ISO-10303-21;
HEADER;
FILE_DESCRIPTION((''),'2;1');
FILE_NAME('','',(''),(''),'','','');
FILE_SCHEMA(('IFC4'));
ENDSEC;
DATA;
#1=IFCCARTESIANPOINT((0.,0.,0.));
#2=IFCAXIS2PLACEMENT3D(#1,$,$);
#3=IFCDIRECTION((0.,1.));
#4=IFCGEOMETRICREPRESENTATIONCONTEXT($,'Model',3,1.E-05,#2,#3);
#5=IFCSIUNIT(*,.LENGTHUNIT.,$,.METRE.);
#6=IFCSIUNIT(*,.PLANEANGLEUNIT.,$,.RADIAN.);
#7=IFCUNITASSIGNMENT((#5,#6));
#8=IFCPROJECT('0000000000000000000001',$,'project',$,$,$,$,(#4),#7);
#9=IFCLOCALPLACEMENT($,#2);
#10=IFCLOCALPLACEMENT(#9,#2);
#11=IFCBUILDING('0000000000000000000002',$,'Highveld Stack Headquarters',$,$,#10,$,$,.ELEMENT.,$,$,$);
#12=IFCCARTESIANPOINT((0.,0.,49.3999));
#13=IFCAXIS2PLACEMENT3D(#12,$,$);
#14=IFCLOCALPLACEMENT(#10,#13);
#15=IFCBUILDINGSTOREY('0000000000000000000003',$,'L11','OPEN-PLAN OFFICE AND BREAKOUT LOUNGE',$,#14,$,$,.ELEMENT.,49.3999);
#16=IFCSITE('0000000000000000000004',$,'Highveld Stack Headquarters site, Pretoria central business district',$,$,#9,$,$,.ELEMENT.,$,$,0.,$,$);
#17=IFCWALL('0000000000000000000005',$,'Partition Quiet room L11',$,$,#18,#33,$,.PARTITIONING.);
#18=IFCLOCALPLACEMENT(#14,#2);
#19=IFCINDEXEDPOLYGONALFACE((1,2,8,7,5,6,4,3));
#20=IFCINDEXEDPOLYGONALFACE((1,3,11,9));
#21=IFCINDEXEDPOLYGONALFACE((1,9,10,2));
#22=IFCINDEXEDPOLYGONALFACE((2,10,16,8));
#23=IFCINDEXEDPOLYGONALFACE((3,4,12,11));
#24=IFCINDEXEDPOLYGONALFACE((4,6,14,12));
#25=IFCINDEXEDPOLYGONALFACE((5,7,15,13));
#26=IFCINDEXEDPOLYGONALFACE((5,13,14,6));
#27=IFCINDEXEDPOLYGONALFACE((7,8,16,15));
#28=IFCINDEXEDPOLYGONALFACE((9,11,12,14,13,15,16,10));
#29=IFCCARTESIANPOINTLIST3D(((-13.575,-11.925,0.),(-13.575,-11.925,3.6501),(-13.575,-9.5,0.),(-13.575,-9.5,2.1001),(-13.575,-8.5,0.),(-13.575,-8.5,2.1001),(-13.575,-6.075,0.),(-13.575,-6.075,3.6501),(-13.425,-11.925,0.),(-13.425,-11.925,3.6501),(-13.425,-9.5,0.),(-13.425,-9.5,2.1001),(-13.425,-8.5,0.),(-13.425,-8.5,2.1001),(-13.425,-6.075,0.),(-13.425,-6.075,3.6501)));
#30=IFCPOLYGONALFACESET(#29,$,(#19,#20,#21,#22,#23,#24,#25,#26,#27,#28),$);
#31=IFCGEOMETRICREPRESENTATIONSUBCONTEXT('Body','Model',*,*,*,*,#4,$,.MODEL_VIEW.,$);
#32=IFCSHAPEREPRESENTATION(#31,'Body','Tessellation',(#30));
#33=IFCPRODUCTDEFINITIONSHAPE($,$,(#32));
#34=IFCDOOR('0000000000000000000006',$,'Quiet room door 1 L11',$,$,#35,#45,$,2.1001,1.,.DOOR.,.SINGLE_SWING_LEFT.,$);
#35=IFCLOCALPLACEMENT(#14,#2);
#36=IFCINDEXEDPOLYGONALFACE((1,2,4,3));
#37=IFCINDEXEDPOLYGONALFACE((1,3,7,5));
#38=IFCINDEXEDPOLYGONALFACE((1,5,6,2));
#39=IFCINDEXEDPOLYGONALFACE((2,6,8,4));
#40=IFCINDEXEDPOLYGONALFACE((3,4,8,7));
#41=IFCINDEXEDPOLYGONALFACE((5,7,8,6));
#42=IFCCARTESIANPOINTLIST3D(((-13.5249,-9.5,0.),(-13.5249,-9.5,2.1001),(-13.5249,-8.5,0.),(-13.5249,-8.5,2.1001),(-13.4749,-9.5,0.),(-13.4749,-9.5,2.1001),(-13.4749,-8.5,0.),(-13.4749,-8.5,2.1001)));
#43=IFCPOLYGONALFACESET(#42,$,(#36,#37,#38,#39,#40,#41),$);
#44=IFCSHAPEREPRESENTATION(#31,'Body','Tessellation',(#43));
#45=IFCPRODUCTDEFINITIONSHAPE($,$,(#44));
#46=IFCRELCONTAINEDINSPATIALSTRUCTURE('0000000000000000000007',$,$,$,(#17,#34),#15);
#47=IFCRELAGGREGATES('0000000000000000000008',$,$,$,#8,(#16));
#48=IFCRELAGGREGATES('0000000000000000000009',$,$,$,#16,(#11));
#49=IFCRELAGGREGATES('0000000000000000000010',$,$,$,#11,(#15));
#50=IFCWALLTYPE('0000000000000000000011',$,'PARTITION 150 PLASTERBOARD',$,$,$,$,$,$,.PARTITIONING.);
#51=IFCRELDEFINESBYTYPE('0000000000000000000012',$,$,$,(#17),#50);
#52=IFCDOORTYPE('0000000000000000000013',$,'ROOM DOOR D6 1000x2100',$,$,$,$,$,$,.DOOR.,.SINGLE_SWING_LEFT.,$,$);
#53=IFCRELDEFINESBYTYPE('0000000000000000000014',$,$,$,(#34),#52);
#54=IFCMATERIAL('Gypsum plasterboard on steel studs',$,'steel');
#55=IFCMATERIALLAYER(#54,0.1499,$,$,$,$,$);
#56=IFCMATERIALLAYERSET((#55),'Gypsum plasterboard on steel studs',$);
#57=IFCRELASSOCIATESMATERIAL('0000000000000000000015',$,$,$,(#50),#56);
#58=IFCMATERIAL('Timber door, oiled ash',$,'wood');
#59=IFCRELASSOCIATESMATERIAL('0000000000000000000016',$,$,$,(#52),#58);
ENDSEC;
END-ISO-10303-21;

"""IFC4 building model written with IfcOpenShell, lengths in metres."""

from ifc_helpers import new_model, si_unit, direction, frame, frame_2d, origin, place, context, subcontext, project, spatial, rectangle, extrude, material, layer, layer_set, type_object, element, fill, save


model = new_model("IFC4")

# Units and contexts
model_context = context("Model", 3, precision=1e-05, world=origin(), true_north=direction((0.0, 1.0)))
body_context = subcontext(model_context, "Body", "Model", "MODEL_VIEW")
ifc_project = project(units=[si_unit("LENGTHUNIT", "METRE"), si_unit("PLANEANGLEUNIT", "RADIAN")], contexts=[model_context])

# Site, building, storey
site_placement = place(None, origin())
site = spatial("IfcSite", under=ifc_project, at=site_placement, Name="Highveld Stack Headquarters site, Pretoria central business district", CompositionType="ELEMENT", RefElevation=0.0)
building_placement = place(site_placement, origin())
building = spatial("IfcBuilding", under=site, at=building_placement, Name="Highveld Stack Headquarters", CompositionType="ELEMENT")
storey_placement = place(building_placement, frame((0.0, 0.0, 49.3999)))
storey = spatial("IfcBuildingStorey", under=building, at=storey_placement, Name="L11", Description="OPEN-PLAN OFFICE AND BREAKOUT LOUNGE", CompositionType="ELEMENT", Elevation=49.3999)

# Shared definitions
ifc_material_1 = material(Name="Gypsum plasterboard on steel studs", Category="steel")
ifc_layer_1 = layer(ifc_material_1, 0.1499)
ifc_layer_set_1 = layer_set([ifc_layer_1], Name="Gypsum plasterboard on steel studs")
wall_type = type_object("IfcWallType", Name="PARTITION 150 PLASTERBOARD", PredefinedType="PARTITIONING", material=ifc_layer_set_1)

# Wall, opening, door
wall_1_placement = place(storey_placement, frame((-13.5, -11.925, 0.0), z_axis=(0.0, 0.0, 1.0), x_axis=(0.0, 1.0, 0.0)))
wall_1 = element("IfcWall", 1, at=wall_1_placement, inside=storey, type_object=wall_type, Name="Partition Quiet room L11", PredefinedType="PARTITIONING", context=body_context, shape_type="SweptSolid", body=[
    extrude(rectangle(XDim=5.8501, YDim=0.1499, at=frame_2d((2.925, 0.0))), origin(), (0.0, 0.0, 1.0), 3.6501),
])
opening_placement = place(wall_1_placement, frame((2.425, 0.0, 0.0)))
opening = element("IfcOpeningElement", 2, at=opening_placement, cuts=wall_1, PredefinedType="OPENING", context=body_context, shape_type="SweptSolid", body=[
    extrude(rectangle(XDim=1.0, YDim=2.1001, at=frame_2d((0.5, 1.05))), frame((0.0, 0.085, 0.0), z_axis=(0.0, -1.0, 0.0), x_axis=(1.0, 0.0, 0.0)), (0.0, 0.0, 1.0), 0.1699),
])
ifc_material_2 = material(Name="Timber door, oiled ash", Category="wood")
door_type = type_object("IfcDoorType", Name="ROOM DOOR D6 1000x2100", OperationType="SINGLE_SWING_LEFT", PredefinedType="DOOR", material=ifc_material_2)
door_placement = place(opening_placement, origin())
door = element("IfcDoor", 3, at=door_placement, inside=storey, type_object=door_type, Name="Quiet room door 1 L11", OperationType="SINGLE_SWING_LEFT", OverallHeight=2.1001, OverallWidth=1.0, PredefinedType="DOOR", context=body_context, shape_type="SweptSolid", body=[
    extrude(rectangle(XDim=1.0, YDim=2.1001, at=frame_2d((0.5, 1.05))), frame((0.0, 0.0249, 0.0), z_axis=(0.0, -1.0, 0.0), x_axis=(1.0, 0.0, 0.0)), (0.0, 0.0, 1.0), 0.05),
])
fill(opening, door)

save(model, "model.ifc")
